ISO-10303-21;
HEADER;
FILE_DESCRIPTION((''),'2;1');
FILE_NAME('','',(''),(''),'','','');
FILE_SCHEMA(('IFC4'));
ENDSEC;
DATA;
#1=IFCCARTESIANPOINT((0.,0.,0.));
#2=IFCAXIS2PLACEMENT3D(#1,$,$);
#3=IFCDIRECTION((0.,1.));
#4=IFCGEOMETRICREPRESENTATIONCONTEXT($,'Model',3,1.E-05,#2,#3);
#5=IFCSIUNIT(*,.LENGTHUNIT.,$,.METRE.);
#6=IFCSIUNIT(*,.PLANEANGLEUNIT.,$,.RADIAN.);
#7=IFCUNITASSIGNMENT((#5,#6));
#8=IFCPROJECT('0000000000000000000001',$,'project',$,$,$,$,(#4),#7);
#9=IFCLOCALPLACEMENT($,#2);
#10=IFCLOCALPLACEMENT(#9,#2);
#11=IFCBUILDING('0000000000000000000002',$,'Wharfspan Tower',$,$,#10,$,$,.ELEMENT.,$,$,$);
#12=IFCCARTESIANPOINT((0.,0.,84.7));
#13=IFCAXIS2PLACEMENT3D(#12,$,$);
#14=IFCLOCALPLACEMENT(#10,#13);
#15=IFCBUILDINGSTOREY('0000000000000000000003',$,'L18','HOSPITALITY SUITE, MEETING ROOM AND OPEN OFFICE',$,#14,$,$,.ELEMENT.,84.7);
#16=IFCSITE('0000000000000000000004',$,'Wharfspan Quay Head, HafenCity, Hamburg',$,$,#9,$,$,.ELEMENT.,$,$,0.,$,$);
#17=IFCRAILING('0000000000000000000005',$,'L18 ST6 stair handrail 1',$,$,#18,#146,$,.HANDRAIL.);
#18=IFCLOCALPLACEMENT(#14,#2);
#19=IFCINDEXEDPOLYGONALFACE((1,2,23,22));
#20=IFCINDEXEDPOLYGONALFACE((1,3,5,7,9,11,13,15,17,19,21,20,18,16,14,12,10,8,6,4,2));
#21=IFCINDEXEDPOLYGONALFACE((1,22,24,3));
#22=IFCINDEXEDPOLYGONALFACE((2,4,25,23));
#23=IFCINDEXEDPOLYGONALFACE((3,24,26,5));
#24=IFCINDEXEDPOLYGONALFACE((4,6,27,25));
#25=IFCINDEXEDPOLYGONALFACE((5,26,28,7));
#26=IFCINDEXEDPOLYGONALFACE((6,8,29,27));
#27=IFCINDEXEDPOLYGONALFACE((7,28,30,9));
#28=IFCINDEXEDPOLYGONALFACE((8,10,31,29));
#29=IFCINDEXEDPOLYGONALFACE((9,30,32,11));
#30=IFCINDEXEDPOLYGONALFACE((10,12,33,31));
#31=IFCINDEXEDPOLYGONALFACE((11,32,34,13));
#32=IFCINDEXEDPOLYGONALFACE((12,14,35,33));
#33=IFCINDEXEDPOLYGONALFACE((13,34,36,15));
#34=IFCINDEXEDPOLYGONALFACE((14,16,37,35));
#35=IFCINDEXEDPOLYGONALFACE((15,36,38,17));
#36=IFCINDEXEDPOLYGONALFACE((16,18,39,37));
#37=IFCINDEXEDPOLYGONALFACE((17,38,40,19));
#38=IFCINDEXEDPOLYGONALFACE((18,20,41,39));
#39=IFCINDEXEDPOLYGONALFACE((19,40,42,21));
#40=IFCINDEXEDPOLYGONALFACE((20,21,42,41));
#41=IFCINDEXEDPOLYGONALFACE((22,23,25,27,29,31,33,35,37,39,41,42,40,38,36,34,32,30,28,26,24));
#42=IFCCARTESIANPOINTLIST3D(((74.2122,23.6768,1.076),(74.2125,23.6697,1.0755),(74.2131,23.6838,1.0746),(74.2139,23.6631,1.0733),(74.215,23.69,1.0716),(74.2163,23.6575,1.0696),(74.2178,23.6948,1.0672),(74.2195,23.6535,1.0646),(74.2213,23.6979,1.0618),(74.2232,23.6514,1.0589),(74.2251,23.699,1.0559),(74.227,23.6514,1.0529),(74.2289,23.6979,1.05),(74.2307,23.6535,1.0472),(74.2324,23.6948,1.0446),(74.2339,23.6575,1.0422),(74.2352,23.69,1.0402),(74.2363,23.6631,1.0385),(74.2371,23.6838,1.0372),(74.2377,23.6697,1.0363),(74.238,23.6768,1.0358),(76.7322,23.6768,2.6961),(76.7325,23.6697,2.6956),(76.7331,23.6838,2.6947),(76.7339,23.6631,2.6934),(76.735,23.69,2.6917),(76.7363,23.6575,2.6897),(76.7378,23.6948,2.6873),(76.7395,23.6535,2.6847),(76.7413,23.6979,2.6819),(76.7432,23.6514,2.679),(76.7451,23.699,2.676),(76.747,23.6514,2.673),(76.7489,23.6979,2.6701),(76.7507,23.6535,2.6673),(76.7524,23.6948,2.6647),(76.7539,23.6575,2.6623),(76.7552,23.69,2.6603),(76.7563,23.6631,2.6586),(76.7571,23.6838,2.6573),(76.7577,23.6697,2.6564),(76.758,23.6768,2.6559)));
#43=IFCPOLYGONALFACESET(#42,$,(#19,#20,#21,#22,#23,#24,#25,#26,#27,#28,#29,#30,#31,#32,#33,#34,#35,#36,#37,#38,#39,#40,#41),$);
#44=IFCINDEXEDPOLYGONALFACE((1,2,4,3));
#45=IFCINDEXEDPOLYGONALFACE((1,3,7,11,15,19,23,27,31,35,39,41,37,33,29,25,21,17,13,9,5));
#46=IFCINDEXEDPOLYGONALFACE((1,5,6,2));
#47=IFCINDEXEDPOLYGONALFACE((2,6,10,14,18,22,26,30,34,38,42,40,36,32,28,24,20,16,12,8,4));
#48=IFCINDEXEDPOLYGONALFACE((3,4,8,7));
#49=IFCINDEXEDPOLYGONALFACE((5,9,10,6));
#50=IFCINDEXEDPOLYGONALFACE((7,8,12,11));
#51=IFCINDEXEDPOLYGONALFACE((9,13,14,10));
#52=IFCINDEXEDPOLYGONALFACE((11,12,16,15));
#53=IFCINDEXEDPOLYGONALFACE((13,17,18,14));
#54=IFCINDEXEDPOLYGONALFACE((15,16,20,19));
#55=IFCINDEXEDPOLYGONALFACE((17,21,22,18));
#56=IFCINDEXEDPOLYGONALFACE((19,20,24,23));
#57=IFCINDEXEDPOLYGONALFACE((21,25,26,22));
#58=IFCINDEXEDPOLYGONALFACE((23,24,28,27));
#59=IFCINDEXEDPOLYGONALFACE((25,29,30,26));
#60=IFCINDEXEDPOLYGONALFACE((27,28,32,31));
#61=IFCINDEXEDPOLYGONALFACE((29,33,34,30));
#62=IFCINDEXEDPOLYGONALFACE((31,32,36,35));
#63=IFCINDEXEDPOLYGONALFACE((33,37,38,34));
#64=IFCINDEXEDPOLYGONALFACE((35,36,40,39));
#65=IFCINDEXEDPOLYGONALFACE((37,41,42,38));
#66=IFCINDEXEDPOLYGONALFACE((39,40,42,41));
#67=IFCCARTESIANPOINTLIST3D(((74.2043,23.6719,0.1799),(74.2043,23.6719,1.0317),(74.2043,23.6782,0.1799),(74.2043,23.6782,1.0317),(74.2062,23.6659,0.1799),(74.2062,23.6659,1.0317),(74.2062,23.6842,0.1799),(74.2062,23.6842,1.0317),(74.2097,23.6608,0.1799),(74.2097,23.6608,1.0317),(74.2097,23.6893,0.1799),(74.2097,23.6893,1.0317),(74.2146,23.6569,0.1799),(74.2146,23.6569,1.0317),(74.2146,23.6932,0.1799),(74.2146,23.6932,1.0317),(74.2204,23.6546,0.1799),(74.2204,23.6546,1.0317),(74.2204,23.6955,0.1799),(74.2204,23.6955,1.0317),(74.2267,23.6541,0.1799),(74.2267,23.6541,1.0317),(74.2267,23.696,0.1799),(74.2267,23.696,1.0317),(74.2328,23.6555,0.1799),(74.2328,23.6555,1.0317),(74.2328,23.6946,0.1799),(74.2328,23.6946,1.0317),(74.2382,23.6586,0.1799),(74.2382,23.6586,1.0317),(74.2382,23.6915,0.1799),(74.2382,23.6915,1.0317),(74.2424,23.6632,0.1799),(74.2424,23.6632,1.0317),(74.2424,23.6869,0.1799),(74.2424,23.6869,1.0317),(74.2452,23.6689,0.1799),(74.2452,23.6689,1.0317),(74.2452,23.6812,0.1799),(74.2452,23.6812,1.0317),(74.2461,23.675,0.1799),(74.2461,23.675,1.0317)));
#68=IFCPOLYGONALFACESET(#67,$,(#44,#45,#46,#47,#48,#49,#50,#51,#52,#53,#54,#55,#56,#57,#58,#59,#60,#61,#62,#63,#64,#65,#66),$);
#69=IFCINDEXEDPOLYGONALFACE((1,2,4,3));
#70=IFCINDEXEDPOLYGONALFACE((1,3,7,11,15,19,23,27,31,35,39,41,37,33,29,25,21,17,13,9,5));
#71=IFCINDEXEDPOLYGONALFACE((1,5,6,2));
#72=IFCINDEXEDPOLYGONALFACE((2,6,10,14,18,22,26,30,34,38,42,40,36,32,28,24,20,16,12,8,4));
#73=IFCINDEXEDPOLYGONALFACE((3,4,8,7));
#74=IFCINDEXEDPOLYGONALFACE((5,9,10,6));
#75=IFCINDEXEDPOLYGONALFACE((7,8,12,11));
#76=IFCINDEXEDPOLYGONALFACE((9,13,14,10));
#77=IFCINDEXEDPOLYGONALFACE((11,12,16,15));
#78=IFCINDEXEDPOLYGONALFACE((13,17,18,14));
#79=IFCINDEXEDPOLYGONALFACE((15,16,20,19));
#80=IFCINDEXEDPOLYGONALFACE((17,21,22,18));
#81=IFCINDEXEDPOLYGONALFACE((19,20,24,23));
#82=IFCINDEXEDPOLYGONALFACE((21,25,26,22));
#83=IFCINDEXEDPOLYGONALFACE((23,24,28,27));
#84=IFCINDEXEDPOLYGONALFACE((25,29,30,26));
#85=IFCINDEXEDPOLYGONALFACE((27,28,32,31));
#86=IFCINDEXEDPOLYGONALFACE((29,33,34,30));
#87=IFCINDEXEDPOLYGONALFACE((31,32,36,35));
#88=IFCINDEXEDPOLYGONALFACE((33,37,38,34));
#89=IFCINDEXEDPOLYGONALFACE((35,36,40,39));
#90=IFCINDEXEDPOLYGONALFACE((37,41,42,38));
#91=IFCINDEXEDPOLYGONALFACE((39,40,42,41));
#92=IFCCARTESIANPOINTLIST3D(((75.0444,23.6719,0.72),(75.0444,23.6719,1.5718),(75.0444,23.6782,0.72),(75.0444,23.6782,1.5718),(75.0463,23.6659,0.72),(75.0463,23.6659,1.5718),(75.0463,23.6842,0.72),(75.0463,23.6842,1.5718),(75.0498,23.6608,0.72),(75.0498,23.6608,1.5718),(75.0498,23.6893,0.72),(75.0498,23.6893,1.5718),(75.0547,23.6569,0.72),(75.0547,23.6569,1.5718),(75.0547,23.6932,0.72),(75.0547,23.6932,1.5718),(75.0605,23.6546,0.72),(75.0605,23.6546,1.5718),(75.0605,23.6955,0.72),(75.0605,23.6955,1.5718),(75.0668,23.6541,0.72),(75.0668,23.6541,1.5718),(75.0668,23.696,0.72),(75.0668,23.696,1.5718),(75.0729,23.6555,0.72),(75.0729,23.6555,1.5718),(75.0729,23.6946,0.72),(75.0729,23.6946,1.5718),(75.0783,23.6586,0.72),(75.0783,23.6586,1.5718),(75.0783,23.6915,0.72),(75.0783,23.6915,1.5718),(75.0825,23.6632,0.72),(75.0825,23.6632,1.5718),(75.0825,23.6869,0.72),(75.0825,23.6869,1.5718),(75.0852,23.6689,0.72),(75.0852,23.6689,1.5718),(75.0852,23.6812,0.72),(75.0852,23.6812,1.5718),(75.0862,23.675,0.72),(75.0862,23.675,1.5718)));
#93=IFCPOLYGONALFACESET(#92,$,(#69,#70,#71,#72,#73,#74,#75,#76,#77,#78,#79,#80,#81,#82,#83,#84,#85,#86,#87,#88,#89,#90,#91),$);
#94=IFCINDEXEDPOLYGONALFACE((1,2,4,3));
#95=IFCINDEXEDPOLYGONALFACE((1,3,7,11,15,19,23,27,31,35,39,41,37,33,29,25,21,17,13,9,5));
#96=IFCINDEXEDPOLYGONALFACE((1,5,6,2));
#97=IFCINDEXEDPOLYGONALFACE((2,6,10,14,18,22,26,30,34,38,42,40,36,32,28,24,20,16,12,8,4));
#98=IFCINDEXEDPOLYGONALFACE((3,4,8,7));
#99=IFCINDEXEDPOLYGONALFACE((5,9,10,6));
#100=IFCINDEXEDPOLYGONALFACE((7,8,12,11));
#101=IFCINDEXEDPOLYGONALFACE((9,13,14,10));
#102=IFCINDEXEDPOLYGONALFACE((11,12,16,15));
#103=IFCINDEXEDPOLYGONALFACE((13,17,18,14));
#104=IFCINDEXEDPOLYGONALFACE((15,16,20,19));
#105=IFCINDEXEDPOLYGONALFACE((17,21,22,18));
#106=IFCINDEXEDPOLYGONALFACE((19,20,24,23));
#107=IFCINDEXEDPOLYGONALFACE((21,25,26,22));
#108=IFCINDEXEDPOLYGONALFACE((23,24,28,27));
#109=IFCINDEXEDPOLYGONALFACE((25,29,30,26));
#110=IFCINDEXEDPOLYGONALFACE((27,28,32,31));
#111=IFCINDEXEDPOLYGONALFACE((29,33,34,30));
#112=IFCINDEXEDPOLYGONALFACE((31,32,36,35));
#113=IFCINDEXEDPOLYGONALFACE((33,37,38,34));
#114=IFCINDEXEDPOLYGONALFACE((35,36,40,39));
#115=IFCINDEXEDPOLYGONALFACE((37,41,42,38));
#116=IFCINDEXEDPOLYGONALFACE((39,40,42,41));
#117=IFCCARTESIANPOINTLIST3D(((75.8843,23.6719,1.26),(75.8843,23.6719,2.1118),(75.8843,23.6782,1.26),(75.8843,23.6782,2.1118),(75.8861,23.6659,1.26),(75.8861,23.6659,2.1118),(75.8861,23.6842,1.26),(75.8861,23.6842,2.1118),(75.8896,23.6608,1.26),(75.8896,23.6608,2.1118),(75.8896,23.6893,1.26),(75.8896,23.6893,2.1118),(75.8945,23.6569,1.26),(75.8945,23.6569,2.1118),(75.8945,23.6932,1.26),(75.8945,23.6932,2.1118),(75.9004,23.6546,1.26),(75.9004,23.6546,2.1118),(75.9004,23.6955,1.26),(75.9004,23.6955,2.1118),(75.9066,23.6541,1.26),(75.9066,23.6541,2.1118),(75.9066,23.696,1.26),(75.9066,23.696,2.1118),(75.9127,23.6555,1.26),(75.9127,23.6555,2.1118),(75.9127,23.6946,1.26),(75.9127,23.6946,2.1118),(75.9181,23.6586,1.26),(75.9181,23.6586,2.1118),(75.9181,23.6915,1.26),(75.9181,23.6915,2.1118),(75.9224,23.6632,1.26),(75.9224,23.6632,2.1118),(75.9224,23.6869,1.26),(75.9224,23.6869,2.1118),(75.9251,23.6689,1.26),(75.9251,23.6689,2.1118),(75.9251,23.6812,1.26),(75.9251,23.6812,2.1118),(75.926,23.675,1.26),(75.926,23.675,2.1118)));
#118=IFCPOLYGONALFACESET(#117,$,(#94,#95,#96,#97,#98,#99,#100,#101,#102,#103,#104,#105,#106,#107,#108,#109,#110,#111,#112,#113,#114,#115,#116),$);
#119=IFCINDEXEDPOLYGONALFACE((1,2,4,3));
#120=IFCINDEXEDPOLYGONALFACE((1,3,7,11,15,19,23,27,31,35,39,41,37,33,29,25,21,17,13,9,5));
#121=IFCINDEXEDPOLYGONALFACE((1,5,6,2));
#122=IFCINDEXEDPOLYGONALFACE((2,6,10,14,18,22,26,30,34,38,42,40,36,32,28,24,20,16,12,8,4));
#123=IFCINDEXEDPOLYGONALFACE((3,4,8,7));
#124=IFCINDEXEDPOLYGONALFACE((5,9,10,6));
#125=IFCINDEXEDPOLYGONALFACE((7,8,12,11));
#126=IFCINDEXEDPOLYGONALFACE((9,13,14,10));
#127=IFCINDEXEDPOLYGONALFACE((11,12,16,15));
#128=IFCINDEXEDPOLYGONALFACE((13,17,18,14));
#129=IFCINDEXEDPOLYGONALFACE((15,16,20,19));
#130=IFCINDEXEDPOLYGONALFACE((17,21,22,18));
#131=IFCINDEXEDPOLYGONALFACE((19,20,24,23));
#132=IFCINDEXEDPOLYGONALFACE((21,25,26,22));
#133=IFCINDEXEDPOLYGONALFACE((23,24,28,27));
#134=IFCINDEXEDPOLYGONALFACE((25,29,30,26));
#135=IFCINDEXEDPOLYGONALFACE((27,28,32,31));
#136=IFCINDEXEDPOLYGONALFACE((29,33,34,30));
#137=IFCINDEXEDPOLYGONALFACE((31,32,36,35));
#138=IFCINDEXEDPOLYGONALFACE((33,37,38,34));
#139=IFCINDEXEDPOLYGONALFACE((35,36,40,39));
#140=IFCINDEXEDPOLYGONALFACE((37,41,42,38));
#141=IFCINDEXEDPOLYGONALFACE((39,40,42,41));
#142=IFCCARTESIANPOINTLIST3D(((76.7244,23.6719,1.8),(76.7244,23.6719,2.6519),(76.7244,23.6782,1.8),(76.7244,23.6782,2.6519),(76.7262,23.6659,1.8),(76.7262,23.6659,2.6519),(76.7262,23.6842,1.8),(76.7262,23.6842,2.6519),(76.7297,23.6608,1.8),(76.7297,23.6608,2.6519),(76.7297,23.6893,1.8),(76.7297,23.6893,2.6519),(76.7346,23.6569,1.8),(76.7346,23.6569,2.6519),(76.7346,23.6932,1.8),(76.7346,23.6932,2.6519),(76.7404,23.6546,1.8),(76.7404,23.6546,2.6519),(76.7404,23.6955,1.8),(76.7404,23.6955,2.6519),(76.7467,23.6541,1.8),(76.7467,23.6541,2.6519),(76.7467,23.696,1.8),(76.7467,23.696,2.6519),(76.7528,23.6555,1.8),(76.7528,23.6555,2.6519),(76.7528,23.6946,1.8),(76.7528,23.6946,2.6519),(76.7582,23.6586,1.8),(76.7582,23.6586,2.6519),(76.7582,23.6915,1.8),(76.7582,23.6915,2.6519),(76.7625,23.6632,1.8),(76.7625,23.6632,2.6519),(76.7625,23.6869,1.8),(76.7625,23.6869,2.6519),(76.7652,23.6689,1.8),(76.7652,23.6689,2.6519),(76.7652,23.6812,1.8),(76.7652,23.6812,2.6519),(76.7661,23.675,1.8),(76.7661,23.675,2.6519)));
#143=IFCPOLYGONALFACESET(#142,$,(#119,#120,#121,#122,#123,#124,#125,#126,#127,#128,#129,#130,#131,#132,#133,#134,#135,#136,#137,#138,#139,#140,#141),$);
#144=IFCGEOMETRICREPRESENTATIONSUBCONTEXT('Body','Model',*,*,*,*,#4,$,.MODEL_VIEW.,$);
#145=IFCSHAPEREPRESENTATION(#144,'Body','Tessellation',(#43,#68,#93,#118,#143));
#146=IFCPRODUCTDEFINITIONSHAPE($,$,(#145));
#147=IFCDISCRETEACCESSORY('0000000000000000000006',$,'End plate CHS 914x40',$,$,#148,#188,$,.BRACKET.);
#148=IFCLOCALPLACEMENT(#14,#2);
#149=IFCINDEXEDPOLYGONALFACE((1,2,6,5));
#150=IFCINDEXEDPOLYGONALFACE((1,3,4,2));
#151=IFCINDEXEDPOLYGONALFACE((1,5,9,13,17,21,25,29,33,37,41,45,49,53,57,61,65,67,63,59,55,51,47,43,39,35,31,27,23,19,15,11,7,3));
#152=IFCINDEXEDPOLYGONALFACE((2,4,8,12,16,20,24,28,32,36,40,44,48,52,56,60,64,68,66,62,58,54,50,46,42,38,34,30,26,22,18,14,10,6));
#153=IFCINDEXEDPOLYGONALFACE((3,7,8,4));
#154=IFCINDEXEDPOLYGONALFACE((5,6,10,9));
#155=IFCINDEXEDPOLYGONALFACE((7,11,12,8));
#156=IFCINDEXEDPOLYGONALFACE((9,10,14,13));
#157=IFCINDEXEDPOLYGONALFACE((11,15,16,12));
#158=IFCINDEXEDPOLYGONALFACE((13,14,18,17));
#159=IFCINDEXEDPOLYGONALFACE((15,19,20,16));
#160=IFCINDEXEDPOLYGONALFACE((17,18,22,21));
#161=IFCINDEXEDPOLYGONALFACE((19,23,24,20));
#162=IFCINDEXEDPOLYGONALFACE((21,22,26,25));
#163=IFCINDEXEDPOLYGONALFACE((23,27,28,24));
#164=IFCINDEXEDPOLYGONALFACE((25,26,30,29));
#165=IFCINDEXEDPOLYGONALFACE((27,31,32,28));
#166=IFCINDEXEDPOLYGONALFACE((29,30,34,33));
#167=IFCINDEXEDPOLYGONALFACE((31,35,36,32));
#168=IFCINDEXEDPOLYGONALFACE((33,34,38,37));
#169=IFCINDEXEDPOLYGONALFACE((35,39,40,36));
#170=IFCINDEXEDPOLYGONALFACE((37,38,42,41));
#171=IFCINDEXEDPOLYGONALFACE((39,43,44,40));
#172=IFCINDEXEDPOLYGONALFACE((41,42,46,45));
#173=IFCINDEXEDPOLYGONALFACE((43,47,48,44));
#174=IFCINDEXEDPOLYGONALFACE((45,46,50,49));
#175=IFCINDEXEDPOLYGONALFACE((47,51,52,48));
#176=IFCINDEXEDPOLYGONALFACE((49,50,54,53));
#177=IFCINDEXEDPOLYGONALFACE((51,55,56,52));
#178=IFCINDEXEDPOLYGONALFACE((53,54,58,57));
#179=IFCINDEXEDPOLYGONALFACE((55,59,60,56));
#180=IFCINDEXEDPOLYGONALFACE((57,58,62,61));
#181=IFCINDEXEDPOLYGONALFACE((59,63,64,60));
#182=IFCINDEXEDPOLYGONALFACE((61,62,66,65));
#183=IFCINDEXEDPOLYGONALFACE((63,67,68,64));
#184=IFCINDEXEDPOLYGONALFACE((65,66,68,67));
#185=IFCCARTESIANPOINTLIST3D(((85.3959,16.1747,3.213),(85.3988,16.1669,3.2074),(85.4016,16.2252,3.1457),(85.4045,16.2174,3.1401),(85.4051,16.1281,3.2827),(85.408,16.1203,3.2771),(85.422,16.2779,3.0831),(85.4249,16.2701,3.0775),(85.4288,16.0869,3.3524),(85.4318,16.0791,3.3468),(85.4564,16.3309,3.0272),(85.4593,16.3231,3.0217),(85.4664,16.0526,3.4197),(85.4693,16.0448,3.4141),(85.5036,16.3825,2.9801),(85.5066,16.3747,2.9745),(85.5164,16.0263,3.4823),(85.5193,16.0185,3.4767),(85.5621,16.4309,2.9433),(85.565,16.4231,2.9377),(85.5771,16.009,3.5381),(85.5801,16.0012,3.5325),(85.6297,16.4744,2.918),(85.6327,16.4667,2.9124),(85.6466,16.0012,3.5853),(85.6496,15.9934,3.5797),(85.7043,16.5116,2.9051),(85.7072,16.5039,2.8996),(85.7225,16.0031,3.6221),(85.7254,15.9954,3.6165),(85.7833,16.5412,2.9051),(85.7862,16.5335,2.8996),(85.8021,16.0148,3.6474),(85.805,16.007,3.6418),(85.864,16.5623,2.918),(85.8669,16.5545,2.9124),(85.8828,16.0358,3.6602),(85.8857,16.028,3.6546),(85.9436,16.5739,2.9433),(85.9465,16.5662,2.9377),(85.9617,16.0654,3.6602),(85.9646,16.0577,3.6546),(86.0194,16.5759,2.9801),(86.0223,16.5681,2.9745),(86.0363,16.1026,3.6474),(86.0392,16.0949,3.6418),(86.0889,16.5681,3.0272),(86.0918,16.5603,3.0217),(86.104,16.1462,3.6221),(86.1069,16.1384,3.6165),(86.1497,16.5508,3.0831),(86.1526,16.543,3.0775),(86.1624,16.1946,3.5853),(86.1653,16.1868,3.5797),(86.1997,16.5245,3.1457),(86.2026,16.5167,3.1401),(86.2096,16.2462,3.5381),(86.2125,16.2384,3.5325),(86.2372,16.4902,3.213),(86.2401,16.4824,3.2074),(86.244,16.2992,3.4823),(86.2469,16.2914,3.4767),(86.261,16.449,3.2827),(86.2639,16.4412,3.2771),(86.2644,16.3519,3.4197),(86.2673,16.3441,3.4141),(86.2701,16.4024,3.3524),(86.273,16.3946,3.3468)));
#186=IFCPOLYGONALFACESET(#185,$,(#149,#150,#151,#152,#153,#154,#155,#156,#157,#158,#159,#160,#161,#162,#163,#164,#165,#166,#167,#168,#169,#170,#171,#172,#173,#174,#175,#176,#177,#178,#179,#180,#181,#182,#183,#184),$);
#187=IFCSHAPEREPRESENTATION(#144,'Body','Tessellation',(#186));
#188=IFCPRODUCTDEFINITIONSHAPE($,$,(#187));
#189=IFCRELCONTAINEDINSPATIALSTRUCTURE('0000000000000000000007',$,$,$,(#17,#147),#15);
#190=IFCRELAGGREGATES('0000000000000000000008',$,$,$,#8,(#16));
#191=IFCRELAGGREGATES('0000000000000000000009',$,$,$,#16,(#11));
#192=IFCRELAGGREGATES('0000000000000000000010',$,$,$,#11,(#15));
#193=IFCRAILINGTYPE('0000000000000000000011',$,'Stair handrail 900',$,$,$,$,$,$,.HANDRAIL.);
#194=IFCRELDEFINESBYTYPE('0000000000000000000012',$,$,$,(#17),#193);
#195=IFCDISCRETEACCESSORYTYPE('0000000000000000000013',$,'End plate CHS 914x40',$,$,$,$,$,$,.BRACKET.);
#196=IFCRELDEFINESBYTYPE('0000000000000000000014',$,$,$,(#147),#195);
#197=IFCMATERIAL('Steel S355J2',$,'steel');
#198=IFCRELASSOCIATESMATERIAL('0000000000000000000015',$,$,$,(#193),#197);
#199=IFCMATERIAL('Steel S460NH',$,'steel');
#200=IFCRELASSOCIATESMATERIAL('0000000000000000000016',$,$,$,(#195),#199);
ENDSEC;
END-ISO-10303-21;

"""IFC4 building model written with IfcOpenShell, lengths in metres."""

from ifc_helpers import new_model, si_unit, direction, frame, origin, origin_2d, place, context, subcontext, project, spatial, circle, extrude, material, material_profile, profile_set, type_object, element, save


model = new_model("IFC4")

# Units and contexts
model_context = context("Model", 3, precision=1e-05, world=origin(), true_north=direction((0.0, 1.0)))
body_context = subcontext(model_context, "Body", "Model", "MODEL_VIEW")
ifc_project = project(units=[si_unit("LENGTHUNIT", "METRE"), si_unit("PLANEANGLEUNIT", "RADIAN")], contexts=[model_context])

# Site, building, storey
site_placement = place(None, origin())
site = spatial("IfcSite", under=ifc_project, at=site_placement, Name="Wharfspan Quay Head, HafenCity, Hamburg", CompositionType="ELEMENT", RefElevation=0.0)
building_placement = place(site_placement, origin())
building = spatial("IfcBuilding", under=site, at=building_placement, Name="Wharfspan Tower", CompositionType="ELEMENT")
storey_placement = place(building_placement, frame((0.0, 0.0, 84.7)))
storey = spatial("IfcBuildingStorey", under=building, at=storey_placement, Name="L18", Description="HOSPITALITY SUITE, MEETING ROOM AND OPEN OFFICE", CompositionType="ELEMENT", Elevation=84.7)

# Shared definitions
ifc_material_1 = material(Name="Steel S355J2", Category="steel")

# Shared definitions
ifc_material_2 = material(Name="Steel S460NH", Category="steel")

# Railing
railing_type_1 = type_object("IfcRailingType", Name="Stair handrail 900", PredefinedType="HANDRAIL", material=ifc_material_1)
railing_1_placement = place(storey_placement, frame((74.2251, 23.675, 0.1799)))
element("IfcRailing", 1, at=railing_1_placement, inside=storey, type_object=railing_type_1, Name="L18 ST6 stair handrail 1", PredefinedType="HANDRAIL", context=body_context, shape_type="SweptSolid", body=[
    extrude(circle(Radius=0.0239, at=origin_2d()), frame((0.0, 0.0, 0.876), z_axis=(0.841163, 0.0, 0.540782), x_axis=(0.0, 1.0, 0.0)), (0.0, 0.0, 1.0), 2.9958),
    extrude(circle(Radius=0.021, at=origin_2d()), origin(), (0.0, 0.0, 1.0), 0.8518),
    extrude(circle(Radius=0.021, at=origin_2d()), frame((0.8401, 0.0, 0.54)), (0.0, 0.0, 1.0), 0.8518),
    extrude(circle(Radius=0.021, at=origin_2d()), frame((1.6799, 0.0, 1.0801)), (0.0, 0.0, 1.0), 0.8518),
    extrude(circle(Radius=0.021, at=origin_2d()), frame((2.52, 0.0, 1.6201)), (0.0, 0.0, 1.0), 0.8518),
])

# Discrete accessory
ifc_material_profile_1 = material_profile(ifc_material_2, circle(Radius=0.457, at=origin_2d()))
ifc_profile_set_1 = profile_set([ifc_material_profile_1], Name="Steel S460NH")
discrete_accessory_type = type_object("IfcDiscreteAccessoryType", Name="End plate CHS 914x40", PredefinedType="BRACKET", material=ifc_profile_set_1)
for number, where, z_axis, x_axis, name in (
    (2, (85.8359, 16.2808, 3.2771), (-0.2913, 0.7768, 0.558325), (-0.936328, -0.351123, 0.0), "End plate CHS 914x40"),
):
    element("IfcDiscreteAccessory", number, at=place(storey_placement, frame(where, z_axis=z_axis, x_axis=x_axis)), inside=storey, type_object=discrete_accessory_type, Name=name, PredefinedType="BRACKET", context=body_context, shape_type="SweptSolid", body=[
        extrude(circle(Radius=0.457, at=origin_2d()), origin(), (0.0, 0.0, 1.0), 0.01),
    ])

save(model, "model.ifc")
